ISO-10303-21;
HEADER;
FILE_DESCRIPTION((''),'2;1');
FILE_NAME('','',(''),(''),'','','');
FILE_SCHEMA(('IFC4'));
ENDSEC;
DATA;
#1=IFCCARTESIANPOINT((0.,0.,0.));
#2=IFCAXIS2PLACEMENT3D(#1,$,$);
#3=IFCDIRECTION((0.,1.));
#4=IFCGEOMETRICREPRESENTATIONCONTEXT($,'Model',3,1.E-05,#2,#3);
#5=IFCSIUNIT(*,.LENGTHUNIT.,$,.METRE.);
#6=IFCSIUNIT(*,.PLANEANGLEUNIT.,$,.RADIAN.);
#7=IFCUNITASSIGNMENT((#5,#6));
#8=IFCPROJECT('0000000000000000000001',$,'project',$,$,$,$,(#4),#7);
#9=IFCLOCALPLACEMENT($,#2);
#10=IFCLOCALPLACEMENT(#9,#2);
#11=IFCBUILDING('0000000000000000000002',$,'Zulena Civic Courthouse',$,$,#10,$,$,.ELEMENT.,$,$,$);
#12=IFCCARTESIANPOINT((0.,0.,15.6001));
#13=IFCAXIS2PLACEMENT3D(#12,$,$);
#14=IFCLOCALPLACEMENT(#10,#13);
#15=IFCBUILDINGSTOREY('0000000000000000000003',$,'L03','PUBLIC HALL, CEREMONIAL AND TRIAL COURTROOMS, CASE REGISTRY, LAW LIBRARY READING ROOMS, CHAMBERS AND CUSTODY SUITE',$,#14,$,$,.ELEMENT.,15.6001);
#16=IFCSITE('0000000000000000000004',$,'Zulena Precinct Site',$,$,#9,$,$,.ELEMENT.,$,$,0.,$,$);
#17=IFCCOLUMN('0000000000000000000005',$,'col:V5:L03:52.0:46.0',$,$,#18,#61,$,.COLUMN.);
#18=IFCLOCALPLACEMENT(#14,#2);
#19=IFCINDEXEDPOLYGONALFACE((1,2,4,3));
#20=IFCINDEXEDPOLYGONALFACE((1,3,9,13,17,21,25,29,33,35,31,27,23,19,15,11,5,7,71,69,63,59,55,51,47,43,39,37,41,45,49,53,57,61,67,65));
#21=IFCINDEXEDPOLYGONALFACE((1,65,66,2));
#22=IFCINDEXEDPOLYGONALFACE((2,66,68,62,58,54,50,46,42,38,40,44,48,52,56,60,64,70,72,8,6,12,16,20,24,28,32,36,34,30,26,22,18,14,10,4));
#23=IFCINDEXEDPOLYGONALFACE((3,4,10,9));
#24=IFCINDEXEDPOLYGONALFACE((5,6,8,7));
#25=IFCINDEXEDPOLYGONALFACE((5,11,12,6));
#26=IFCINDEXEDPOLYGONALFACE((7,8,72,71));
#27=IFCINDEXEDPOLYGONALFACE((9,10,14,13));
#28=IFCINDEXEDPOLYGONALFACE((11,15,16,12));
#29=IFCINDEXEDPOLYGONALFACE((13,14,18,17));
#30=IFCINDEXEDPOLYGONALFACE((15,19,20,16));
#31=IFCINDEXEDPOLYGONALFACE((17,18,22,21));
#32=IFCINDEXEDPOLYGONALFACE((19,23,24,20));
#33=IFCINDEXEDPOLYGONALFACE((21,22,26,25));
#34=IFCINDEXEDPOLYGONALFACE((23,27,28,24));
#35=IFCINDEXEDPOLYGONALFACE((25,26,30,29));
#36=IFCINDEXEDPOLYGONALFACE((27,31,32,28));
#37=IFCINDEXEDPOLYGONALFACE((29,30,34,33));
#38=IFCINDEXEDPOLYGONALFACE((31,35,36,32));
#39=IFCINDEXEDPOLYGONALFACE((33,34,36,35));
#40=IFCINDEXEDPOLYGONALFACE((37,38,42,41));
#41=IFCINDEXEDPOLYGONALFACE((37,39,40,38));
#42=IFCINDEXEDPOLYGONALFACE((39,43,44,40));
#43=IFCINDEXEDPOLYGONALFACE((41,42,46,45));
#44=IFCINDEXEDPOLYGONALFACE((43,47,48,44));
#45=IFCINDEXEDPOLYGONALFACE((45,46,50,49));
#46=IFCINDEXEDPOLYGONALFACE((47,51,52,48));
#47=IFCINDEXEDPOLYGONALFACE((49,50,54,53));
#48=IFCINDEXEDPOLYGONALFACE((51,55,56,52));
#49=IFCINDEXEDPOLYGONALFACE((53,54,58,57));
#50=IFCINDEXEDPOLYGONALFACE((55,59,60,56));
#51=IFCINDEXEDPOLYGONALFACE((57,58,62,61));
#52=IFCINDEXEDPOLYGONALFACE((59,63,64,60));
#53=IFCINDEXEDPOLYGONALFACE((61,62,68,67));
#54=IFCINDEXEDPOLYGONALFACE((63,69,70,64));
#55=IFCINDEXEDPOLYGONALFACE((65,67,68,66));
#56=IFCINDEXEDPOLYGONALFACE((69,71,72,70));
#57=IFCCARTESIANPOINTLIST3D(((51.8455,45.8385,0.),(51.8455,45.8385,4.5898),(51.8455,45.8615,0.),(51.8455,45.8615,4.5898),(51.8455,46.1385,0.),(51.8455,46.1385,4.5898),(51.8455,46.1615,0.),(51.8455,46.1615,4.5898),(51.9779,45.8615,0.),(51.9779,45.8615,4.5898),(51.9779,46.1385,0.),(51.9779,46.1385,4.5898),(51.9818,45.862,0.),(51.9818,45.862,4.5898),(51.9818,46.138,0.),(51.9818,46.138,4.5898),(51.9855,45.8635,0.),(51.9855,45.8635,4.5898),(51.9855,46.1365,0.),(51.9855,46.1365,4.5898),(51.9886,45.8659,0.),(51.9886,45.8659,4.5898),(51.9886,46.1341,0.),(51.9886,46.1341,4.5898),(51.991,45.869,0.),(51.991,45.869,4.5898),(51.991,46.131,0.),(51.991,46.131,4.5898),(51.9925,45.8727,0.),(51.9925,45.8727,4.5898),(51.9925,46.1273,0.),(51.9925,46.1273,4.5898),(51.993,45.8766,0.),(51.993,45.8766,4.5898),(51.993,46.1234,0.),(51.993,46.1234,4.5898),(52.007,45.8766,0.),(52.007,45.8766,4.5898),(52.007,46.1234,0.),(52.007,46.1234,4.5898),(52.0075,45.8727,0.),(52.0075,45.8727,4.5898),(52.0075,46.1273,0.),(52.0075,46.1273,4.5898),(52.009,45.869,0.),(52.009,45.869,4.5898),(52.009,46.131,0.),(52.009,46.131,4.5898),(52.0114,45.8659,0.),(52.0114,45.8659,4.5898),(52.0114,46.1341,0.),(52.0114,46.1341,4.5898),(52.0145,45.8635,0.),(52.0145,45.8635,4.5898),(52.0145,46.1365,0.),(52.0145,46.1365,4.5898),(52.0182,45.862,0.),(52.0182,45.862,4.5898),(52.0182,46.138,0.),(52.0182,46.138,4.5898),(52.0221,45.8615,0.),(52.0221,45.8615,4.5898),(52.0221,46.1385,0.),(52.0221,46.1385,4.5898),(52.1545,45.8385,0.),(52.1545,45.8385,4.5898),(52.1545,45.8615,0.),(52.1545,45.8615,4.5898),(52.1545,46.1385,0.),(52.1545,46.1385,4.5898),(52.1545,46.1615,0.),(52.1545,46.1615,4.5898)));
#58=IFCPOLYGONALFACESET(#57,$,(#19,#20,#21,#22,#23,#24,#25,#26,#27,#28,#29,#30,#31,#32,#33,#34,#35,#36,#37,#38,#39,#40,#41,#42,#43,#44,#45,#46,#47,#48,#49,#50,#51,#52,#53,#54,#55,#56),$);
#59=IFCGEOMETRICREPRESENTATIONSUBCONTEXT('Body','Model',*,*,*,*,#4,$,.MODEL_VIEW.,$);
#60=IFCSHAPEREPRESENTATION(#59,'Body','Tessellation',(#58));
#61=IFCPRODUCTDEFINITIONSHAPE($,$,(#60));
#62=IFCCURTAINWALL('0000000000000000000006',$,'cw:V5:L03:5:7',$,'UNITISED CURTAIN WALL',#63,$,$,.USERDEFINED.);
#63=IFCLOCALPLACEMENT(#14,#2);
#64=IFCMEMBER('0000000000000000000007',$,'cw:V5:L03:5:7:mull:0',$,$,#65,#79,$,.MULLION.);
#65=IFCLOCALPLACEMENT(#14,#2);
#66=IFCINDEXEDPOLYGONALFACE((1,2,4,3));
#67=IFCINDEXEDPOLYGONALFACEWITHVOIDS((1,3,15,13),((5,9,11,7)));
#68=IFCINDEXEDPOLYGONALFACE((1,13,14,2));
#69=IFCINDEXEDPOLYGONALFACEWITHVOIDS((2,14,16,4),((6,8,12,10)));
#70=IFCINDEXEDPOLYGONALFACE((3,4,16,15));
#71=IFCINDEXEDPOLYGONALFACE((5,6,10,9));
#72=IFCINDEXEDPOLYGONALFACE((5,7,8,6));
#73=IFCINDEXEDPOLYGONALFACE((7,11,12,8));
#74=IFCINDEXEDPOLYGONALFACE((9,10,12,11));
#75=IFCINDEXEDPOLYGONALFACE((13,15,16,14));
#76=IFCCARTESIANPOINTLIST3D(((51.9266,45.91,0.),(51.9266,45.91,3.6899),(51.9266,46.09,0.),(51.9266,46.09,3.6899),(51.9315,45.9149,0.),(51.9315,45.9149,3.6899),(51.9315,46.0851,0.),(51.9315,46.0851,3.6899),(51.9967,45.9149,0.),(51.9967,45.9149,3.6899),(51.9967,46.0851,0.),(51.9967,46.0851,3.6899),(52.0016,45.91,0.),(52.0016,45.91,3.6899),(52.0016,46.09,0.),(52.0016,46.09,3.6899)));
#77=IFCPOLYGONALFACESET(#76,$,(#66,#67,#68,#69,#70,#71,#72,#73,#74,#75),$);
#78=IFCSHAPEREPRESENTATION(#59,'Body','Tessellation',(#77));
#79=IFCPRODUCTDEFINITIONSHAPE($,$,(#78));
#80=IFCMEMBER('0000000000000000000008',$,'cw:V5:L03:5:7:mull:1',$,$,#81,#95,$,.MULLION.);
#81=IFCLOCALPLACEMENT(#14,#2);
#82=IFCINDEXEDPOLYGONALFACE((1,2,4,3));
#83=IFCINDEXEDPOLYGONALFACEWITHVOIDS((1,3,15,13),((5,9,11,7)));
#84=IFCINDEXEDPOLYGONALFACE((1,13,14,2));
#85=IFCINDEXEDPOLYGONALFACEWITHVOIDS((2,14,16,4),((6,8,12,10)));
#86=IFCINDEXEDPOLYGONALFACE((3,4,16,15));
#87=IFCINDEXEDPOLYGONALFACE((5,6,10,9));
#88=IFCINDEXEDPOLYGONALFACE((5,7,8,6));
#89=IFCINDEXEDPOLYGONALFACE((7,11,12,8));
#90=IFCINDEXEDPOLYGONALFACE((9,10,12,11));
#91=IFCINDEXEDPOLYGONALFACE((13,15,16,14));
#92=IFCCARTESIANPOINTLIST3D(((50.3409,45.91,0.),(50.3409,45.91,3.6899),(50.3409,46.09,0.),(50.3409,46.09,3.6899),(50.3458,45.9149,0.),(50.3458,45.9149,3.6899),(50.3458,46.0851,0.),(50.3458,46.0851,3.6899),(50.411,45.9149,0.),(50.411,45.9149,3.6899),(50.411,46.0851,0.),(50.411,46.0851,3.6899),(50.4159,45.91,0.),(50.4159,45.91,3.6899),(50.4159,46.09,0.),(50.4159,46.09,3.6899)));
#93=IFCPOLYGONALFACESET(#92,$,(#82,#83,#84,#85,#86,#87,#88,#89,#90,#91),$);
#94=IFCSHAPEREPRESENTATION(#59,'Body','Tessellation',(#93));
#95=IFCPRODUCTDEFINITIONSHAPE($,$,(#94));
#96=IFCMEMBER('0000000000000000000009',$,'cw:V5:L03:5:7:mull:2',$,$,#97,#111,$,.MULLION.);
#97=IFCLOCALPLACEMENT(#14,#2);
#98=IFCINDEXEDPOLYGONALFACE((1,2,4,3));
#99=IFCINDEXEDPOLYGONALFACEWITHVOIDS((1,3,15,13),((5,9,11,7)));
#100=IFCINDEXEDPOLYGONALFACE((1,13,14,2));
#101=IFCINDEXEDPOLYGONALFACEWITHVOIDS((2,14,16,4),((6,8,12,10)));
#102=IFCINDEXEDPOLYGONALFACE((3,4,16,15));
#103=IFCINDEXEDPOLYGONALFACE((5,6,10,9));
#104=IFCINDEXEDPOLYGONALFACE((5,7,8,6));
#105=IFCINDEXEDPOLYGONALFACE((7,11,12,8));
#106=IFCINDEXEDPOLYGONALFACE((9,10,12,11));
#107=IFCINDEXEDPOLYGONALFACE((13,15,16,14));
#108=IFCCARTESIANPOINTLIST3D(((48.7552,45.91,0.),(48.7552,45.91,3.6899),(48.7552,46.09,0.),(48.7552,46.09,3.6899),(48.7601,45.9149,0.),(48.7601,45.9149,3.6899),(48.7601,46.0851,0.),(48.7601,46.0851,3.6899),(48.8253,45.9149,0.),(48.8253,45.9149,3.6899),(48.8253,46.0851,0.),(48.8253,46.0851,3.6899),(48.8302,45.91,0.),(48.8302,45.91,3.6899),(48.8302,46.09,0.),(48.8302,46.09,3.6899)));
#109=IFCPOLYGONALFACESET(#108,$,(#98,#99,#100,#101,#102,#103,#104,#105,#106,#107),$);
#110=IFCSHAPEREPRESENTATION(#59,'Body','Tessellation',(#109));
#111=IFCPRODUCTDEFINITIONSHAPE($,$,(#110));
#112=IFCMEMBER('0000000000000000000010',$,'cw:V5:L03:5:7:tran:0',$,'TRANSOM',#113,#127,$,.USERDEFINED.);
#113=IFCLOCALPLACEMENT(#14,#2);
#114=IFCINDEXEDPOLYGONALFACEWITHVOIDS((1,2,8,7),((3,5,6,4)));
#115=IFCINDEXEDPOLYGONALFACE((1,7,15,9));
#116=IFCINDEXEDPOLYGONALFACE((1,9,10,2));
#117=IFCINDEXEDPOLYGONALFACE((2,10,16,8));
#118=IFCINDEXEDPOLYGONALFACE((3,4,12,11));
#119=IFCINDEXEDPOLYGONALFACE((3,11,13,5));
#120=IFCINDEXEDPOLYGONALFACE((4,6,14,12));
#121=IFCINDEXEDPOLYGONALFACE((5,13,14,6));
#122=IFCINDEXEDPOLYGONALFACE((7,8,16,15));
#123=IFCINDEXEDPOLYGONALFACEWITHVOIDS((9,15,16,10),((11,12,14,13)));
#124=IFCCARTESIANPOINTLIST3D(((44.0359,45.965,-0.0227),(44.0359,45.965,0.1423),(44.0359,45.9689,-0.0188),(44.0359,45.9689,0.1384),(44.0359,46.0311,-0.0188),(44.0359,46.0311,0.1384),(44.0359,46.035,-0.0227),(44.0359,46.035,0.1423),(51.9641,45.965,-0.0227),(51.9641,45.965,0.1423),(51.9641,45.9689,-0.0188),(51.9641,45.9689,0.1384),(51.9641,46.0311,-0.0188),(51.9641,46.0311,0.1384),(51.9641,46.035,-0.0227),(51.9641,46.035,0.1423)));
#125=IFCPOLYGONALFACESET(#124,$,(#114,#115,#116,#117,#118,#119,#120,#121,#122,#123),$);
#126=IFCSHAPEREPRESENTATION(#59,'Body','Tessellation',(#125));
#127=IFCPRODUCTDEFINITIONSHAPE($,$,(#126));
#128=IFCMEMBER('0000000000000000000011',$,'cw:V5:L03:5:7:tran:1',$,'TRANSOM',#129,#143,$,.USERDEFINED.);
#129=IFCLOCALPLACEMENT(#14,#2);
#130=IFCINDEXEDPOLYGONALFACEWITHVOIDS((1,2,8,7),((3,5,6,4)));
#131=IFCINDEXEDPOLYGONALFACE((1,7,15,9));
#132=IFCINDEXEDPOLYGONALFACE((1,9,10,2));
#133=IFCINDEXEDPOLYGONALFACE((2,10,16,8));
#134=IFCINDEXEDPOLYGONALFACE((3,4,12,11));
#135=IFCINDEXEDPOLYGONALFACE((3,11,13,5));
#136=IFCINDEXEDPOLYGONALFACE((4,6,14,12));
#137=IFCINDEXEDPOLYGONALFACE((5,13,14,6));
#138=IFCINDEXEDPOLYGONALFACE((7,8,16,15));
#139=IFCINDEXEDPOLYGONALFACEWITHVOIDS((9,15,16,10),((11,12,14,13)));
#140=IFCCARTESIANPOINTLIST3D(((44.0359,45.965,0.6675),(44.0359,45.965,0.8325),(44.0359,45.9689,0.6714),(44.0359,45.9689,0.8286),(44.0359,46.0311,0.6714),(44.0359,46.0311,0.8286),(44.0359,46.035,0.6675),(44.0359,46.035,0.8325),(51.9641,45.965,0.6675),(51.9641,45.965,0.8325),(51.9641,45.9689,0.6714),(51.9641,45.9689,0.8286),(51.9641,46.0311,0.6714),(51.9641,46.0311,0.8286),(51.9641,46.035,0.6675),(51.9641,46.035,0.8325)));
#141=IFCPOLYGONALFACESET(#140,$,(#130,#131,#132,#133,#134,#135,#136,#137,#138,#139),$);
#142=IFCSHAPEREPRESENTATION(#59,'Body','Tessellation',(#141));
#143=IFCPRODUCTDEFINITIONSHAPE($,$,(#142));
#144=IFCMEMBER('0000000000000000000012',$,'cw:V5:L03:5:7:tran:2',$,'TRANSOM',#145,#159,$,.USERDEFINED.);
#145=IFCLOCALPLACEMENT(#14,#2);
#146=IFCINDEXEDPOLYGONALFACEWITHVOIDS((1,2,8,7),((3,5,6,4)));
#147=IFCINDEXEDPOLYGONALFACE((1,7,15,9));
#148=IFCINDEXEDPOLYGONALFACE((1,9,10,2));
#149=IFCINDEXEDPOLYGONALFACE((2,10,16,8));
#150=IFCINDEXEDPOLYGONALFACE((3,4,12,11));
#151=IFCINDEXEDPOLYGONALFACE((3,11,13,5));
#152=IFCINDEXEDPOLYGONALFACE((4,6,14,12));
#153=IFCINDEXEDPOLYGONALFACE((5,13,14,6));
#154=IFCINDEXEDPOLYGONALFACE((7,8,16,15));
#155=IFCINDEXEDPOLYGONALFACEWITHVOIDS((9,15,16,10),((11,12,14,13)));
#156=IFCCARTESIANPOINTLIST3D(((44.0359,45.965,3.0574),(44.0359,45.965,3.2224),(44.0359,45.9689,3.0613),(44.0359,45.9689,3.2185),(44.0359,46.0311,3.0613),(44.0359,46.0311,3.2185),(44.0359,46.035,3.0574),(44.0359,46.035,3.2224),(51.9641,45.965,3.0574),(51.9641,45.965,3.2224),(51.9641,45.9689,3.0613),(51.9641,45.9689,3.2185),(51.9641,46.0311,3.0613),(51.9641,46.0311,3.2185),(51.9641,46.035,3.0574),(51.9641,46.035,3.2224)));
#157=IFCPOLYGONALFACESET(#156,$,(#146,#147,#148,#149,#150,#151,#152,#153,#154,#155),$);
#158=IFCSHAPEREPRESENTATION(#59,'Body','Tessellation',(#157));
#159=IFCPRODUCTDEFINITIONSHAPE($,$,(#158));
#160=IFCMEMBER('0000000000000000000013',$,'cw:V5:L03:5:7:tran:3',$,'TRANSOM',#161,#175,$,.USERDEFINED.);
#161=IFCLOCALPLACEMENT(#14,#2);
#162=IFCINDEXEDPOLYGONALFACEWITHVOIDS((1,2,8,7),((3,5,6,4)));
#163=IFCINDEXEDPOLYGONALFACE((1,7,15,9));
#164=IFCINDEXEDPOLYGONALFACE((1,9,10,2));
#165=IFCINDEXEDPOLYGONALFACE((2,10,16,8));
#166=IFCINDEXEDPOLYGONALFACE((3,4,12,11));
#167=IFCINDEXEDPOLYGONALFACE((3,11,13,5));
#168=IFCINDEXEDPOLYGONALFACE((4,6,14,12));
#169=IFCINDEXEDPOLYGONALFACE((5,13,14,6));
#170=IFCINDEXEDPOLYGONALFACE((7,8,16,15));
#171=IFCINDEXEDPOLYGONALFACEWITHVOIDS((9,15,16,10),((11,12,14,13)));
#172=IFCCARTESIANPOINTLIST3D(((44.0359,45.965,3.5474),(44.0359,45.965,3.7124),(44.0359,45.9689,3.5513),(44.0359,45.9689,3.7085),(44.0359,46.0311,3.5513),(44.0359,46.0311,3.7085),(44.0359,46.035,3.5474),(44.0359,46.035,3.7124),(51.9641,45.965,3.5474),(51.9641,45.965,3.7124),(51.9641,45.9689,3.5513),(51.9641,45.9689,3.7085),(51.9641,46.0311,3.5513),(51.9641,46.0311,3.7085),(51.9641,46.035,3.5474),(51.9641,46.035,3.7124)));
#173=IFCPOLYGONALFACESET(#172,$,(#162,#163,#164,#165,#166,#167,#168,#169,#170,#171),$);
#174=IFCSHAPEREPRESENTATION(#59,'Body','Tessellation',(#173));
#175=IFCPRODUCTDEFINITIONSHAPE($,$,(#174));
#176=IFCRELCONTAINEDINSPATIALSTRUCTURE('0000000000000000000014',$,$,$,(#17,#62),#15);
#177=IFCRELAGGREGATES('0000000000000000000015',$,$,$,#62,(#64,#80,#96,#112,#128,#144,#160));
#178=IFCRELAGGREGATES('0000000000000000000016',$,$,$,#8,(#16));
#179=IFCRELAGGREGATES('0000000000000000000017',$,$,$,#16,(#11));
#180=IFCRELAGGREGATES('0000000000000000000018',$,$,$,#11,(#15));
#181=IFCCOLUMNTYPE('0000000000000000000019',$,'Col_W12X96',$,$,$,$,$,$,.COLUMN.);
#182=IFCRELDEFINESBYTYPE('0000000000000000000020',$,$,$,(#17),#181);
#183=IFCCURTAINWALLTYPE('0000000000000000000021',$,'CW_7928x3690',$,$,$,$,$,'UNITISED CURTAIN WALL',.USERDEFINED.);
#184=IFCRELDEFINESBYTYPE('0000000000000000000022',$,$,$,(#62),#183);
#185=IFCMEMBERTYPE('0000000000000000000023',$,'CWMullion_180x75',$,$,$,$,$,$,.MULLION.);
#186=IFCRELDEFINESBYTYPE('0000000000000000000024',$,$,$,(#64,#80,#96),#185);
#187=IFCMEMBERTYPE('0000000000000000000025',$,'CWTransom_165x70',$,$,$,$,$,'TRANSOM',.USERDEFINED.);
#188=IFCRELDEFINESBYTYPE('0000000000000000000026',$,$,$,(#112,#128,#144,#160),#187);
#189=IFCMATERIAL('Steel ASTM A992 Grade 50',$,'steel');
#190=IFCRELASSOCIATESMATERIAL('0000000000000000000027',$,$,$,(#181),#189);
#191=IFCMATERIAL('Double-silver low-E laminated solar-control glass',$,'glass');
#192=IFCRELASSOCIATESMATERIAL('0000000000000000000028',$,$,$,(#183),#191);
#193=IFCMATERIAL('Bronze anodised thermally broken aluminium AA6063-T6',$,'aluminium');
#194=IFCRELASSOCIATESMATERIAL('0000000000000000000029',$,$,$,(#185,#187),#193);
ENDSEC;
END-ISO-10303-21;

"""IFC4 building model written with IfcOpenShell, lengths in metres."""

from ifc_helpers import new_model, si_unit, direction, frame, origin, origin_2d, place, context, subcontext, project, spatial, hollow_rectangle, i_section, extrude, material, material_profile, profile_set, type_object, element, aggregate, save


model = new_model("IFC4")

# Units and contexts
model_context = context("Model", 3, precision=1e-05, world=origin(), true_north=direction((0.0, 1.0)))
body_context = subcontext(model_context, "Body", "Model", "MODEL_VIEW")
ifc_project = project(units=[si_unit("LENGTHUNIT", "METRE"), si_unit("PLANEANGLEUNIT", "RADIAN")], contexts=[model_context])

# Site, building, storey
site_placement = place(None, origin())
site = spatial("IfcSite", under=ifc_project, at=site_placement, Name="Zulena Precinct Site", CompositionType="ELEMENT", RefElevation=0.0)
building_placement = place(site_placement, origin())
building = spatial("IfcBuilding", under=site, at=building_placement, Name="Zulena Civic Courthouse", CompositionType="ELEMENT")
storey_placement = place(building_placement, frame((0.0, 0.0, 15.6001)))
storey = spatial("IfcBuildingStorey", under=building, at=storey_placement, Name="L03", Description="PUBLIC HALL, CEREMONIAL AND TRIAL COURTROOMS, CASE REGISTRY, LAW LIBRARY READING ROOMS, CHAMBERS AND CUSTODY SUITE", CompositionType="ELEMENT", Elevation=15.6001)

# Column
ifc_material_1 = material(Name="Steel ASTM A992 Grade 50", Category="steel")
ifc_material_profile_1 = material_profile(ifc_material_1, i_section(OverallWidth=0.3091, OverallDepth=0.323, WebThickness=0.0139, FlangeThickness=0.0229, FilletRadius=0.0151, at=origin_2d()), Name="W12X96")
ifc_profile_set_1 = profile_set([ifc_material_profile_1], Name="Steel ASTM A992 Grade 50")
column_type_1 = type_object("IfcColumnType", Name="Col_W12X96", PredefinedType="COLUMN", material=ifc_profile_set_1)
column_placement = place(storey_placement, frame((52.0, 46.0, 0.0), z_axis=(0.0, 0.0, 1.0), x_axis=(1.0, 0.0, 0.0)))
element("IfcColumn", 1, at=column_placement, inside=storey, type_object=column_type_1, Name="col:V5:L03:52.0:46.0", PredefinedType="COLUMN", context=body_context, shape_type="SweptSolid", body=[
    extrude(i_section(OverallWidth=0.3091, OverallDepth=0.323, WebThickness=0.0139, FlangeThickness=0.0229, FilletRadius=0.0151, at=origin_2d()), origin(), (0.0, 0.0, 1.0), 4.5898),
])

# Curtain wall, members
ifc_material_2 = material(Name="Double-silver low-E laminated solar-control glass", Category="glass")
curtain_wall_type = type_object("IfcCurtainWallType", Name="CW_7928x3690", ElementType="UNITISED CURTAIN WALL", PredefinedType="USERDEFINED", material=ifc_material_2)
curtain_wall_placement = place(storey_placement, origin())
curtain_wall = element("IfcCurtainWall", 2, at=curtain_wall_placement, inside=storey, type_object=curtain_wall_type, Name="cw:V5:L03:5:7", ObjectType="UNITISED CURTAIN WALL", PredefinedType="USERDEFINED")
ifc_material_3 = material(Name="Bronze anodised thermally broken aluminium AA6063-T6", Category="aluminium")
ifc_material_profile_2 = material_profile(ifc_material_3, hollow_rectangle(XDim=0.075, YDim=0.1799, WallThickness=0.0049, at=origin_2d()), Name="CWM180X75X5")
ifc_profile_set_2 = profile_set([ifc_material_profile_2], Name="Bronze anodised thermally broken aluminium AA6063-T6")
member_type_1 = type_object("IfcMemberType", Name="CWMullion_180x75", PredefinedType="MULLION", material=ifc_profile_set_2)
member_1_placement = place(storey_placement, frame((51.9641, 46.0, 0.0), z_axis=(0.0, 0.0, 1.0), x_axis=(1.0, 0.0, 0.0)))
member_1 = element("IfcMember", 3, at=member_1_placement, type_object=member_type_1, Name="cw:V5:L03:5:7:mull:0", PredefinedType="MULLION", context=body_context, shape_type="SweptSolid", body=[
    extrude(hollow_rectangle(XDim=0.075, YDim=0.1799, WallThickness=0.0049, at=origin_2d()), origin(), (0.0, 0.0, 1.0), 3.6899),
])
member_2_placement = place(storey_placement, frame((50.3784, 46.0, 0.0), z_axis=(0.0, 0.0, 1.0), x_axis=(1.0, 0.0, 0.0)))
member_2 = element("IfcMember", 4, at=member_2_placement, type_object=member_type_1, Name="cw:V5:L03:5:7:mull:1", PredefinedType="MULLION", context=body_context, shape_type="SweptSolid", body=[
    extrude(hollow_rectangle(XDim=0.075, YDim=0.1799, WallThickness=0.0049, at=origin_2d()), origin(), (0.0, 0.0, 1.0), 3.6899),
])
member_3_placement = place(storey_placement, frame((48.7927, 46.0, 0.0), z_axis=(0.0, 0.0, 1.0), x_axis=(1.0, 0.0, 0.0)))
member_3 = element("IfcMember", 5, at=member_3_placement, type_object=member_type_1, Name="cw:V5:L03:5:7:mull:2", PredefinedType="MULLION", context=body_context, shape_type="SweptSolid", body=[
    extrude(hollow_rectangle(XDim=0.075, YDim=0.1799, WallThickness=0.0049, at=origin_2d()), origin(), (0.0, 0.0, 1.0), 3.6899),
])
ifc_material_profile_3 = material_profile(ifc_material_3, hollow_rectangle(XDim=0.0701, YDim=0.165, WallThickness=0.0039, at=origin_2d()), Name="CWT165X70X4")
ifc_profile_set_3 = profile_set([ifc_material_profile_3], Name="Bronze anodised thermally broken aluminium AA6063-T6")
member_type_2 = type_object("IfcMemberType", Name="CWTransom_165x70", ElementType="TRANSOM", PredefinedType="USERDEFINED", material=ifc_profile_set_3)
member_4_placement = place(storey_placement, frame((51.9641, 46.0, 0.0598), z_axis=(-1.0, 0.0, 0.0), x_axis=(0.0, -1.0, 0.0)))
member_4 = element("IfcMember", 6, at=member_4_placement, type_object=member_type_2, Name="cw:V5:L03:5:7:tran:0", ObjectType="TRANSOM", PredefinedType="USERDEFINED", context=body_context, shape_type="SweptSolid", body=[
    extrude(hollow_rectangle(XDim=0.0701, YDim=0.165, WallThickness=0.0039, at=origin_2d()), origin(), (0.0, 0.0, 1.0), 7.9282),
])
member_5_placement = place(storey_placement, frame((51.9641, 46.0, 0.75), z_axis=(-1.0, 0.0, 0.0), x_axis=(0.0, -1.0, 0.0)))
member_5 = element("IfcMember", 7, at=member_5_placement, type_object=member_type_2, Name="cw:V5:L03:5:7:tran:1", ObjectType="TRANSOM", PredefinedType="USERDEFINED", context=body_context, shape_type="SweptSolid", body=[
    extrude(hollow_rectangle(XDim=0.0701, YDim=0.165, WallThickness=0.0039, at=origin_2d()), origin(), (0.0, 0.0, 1.0), 7.9282),
])
member_6_placement = place(storey_placement, frame((51.9641, 46.0, 3.1399), z_axis=(-1.0, 0.0, 0.0), x_axis=(0.0, -1.0, 0.0)))
member_6 = element("IfcMember", 8, at=member_6_placement, type_object=member_type_2, Name="cw:V5:L03:5:7:tran:2", ObjectType="TRANSOM", PredefinedType="USERDEFINED", context=body_context, shape_type="SweptSolid", body=[
    extrude(hollow_rectangle(XDim=0.0701, YDim=0.165, WallThickness=0.0039, at=origin_2d()), origin(), (0.0, 0.0, 1.0), 7.9282),
])
member_7_placement = place(storey_placement, frame((51.9641, 46.0, 3.6299), z_axis=(-1.0, 0.0, 0.0), x_axis=(0.0, -1.0, 0.0)))
member_7 = element("IfcMember", 9, at=member_7_placement, type_object=member_type_2, Name="cw:V5:L03:5:7:tran:3", ObjectType="TRANSOM", PredefinedType="USERDEFINED", context=body_context, shape_type="SweptSolid", body=[
    extrude(hollow_rectangle(XDim=0.0701, YDim=0.165, WallThickness=0.0039, at=origin_2d()), origin(), (0.0, 0.0, 1.0), 7.9282),
])

aggregate(curtain_wall, [member_1, member_2, member_3, member_4, member_5, member_6, member_7])

save(model, "model.ifc")
